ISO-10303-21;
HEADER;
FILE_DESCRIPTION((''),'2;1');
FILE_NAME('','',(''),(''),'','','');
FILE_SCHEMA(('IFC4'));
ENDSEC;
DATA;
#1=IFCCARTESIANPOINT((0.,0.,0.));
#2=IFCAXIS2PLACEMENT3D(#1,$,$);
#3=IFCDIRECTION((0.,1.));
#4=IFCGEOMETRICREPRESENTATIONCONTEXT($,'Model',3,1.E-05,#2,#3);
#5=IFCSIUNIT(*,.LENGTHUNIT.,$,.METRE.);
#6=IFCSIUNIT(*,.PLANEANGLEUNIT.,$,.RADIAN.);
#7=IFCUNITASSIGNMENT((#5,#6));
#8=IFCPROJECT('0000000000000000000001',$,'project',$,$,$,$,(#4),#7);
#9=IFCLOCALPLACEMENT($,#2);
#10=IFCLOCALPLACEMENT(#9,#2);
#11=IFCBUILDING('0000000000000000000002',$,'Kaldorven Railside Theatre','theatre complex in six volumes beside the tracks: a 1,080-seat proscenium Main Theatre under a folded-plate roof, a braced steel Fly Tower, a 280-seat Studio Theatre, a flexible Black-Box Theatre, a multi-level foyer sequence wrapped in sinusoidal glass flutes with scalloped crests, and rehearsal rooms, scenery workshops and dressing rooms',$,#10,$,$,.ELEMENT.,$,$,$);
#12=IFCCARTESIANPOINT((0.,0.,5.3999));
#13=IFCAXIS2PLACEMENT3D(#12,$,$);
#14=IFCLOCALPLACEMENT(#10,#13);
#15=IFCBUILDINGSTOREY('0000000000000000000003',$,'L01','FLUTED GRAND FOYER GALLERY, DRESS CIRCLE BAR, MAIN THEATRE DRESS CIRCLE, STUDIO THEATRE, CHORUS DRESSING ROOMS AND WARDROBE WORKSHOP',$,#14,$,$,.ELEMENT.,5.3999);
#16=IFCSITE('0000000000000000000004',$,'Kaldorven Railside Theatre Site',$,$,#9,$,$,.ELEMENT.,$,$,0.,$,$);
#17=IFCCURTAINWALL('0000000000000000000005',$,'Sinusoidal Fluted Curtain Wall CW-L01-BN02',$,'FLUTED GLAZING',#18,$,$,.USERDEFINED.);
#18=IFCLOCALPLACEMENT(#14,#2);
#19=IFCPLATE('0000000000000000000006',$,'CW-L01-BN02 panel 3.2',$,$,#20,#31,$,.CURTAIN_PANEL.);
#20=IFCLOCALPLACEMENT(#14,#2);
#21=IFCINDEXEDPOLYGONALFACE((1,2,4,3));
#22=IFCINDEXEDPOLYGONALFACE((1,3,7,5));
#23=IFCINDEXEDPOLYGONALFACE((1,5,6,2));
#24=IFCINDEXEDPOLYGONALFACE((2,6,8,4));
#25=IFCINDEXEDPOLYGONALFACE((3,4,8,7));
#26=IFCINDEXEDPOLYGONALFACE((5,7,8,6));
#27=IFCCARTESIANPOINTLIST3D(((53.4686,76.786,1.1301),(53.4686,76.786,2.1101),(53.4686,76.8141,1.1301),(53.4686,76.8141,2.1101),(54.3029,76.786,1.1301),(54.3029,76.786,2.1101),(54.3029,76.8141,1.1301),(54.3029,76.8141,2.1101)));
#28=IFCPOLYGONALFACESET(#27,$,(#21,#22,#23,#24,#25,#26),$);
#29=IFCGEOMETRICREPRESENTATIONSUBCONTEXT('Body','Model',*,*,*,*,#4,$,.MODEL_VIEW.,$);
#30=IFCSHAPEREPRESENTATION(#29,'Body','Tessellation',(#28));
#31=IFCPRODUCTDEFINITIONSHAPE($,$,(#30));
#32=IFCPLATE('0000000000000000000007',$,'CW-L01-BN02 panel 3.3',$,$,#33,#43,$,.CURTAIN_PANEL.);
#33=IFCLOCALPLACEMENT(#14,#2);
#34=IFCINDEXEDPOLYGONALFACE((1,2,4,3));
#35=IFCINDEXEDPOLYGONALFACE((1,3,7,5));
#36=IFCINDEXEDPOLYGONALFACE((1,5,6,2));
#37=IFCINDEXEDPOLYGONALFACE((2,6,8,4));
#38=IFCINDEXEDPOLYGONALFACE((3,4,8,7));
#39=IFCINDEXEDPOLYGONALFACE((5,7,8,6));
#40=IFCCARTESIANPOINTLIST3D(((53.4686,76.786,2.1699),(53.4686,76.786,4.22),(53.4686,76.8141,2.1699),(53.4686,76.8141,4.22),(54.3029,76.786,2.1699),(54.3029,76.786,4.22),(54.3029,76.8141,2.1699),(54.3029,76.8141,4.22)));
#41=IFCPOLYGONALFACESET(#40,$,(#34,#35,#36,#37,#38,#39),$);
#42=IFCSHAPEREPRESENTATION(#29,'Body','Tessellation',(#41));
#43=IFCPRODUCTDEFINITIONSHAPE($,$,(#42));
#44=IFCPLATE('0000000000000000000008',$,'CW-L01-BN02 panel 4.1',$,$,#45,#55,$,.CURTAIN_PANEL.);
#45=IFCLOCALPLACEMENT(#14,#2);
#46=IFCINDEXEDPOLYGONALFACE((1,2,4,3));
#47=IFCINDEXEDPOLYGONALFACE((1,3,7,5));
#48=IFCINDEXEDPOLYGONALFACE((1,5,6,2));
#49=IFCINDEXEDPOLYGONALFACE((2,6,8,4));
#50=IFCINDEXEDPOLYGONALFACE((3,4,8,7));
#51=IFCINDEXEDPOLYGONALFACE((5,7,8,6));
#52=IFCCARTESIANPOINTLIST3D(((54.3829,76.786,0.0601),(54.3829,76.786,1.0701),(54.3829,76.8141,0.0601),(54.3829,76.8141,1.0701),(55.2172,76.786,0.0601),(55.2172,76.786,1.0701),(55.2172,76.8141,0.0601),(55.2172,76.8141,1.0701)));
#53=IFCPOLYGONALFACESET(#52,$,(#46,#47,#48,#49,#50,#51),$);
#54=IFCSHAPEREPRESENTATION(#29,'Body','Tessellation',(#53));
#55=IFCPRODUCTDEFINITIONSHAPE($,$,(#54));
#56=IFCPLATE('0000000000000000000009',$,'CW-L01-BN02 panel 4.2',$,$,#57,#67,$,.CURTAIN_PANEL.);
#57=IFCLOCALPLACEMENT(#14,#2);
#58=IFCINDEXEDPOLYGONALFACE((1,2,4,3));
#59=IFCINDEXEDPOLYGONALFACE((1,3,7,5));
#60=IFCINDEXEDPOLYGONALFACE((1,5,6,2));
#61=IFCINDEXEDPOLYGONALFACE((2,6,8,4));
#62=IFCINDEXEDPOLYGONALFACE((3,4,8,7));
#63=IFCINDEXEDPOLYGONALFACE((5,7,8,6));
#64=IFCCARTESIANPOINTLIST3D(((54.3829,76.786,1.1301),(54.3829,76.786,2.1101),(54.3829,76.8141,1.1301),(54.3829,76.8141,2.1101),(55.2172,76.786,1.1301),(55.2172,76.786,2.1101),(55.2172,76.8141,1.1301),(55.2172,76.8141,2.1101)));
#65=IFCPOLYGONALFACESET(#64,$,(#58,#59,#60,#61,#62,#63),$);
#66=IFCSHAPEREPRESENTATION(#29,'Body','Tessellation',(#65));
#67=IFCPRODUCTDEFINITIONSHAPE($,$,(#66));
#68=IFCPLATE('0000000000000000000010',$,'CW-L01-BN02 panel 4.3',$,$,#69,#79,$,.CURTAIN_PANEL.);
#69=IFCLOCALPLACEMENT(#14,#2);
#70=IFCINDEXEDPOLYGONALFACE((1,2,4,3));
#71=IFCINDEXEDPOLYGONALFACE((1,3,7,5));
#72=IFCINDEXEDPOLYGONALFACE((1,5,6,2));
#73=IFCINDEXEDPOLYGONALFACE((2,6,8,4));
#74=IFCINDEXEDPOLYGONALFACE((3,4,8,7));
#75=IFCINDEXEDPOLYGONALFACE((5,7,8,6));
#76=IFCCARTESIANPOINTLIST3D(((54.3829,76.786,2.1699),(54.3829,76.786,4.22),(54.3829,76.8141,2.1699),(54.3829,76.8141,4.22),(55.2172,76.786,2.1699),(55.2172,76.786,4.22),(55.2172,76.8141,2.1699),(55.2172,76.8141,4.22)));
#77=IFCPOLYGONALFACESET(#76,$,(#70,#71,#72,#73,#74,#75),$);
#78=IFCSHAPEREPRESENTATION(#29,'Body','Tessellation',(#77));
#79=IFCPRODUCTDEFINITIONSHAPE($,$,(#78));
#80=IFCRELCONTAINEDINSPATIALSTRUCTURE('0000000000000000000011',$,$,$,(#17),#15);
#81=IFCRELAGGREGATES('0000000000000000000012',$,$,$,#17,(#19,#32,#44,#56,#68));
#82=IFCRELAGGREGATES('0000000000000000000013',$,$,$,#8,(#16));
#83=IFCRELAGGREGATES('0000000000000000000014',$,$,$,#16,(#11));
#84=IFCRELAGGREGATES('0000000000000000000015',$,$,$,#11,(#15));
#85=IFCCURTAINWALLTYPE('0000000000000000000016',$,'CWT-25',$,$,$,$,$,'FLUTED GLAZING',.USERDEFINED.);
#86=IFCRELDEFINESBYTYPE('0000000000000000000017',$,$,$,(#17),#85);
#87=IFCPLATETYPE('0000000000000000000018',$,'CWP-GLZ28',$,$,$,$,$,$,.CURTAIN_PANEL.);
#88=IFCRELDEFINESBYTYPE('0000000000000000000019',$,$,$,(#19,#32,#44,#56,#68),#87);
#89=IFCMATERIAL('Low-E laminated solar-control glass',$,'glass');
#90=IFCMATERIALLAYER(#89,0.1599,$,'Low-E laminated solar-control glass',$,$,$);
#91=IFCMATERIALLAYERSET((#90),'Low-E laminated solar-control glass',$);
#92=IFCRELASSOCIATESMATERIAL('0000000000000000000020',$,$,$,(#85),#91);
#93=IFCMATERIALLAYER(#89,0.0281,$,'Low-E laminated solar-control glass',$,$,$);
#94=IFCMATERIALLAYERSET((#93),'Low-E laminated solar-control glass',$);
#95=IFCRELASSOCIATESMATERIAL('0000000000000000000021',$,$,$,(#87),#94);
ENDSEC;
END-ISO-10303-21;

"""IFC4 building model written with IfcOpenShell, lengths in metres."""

from ifc_helpers import new_model, si_unit, direction, frame, origin, origin_2d, place, context, subcontext, project, spatial, rectangle, extrude, material, layer, layer_set, type_object, element, aggregate, save


model = new_model("IFC4")

# Units and contexts
model_context = context("Model", 3, precision=1e-05, world=origin(), true_north=direction((0.0, 1.0)))
body_context = subcontext(model_context, "Body", "Model", "MODEL_VIEW")
ifc_project = project(units=[si_unit("LENGTHUNIT", "METRE"), si_unit("PLANEANGLEUNIT", "RADIAN")], contexts=[model_context])

# Site, building, storey
site_placement = place(None, origin())
site = spatial("IfcSite", under=ifc_project, at=site_placement, Name="Kaldorven Railside Theatre Site", CompositionType="ELEMENT", RefElevation=0.0)
building_placement = place(site_placement, origin())
building = spatial("IfcBuilding", under=site, at=building_placement, Name="Kaldorven Railside Theatre", Description="theatre complex in six volumes beside the tracks: a 1,080-seat proscenium Main Theatre under a folded-plate roof, a braced steel Fly Tower, a 280-seat Studio Theatre, a flexible Black-Box Theatre, a multi-level foyer sequence wrapped in sinusoidal glass flutes with scalloped crests, and rehearsal rooms, scenery workshops and dressing rooms", CompositionType="ELEMENT")
storey_placement = place(building_placement, frame((0.0, 0.0, 5.3999)))
storey = spatial("IfcBuildingStorey", under=building, at=storey_placement, Name="L01", Description="FLUTED GRAND FOYER GALLERY, DRESS CIRCLE BAR, MAIN THEATRE DRESS CIRCLE, STUDIO THEATRE, CHORUS DRESSING ROOMS AND WARDROBE WORKSHOP", CompositionType="ELEMENT", Elevation=5.3999)

# Curtain wall, plates
ifc_material_1 = material(Name="Low-E laminated solar-control glass", Category="glass")
ifc_layer_1 = layer(ifc_material_1, 0.1599, Name="Low-E laminated solar-control glass")
ifc_layer_set_1 = layer_set([ifc_layer_1], Name="Low-E laminated solar-control glass")
curtain_wall_type = type_object("IfcCurtainWallType", Name="CWT-25", ElementType="FLUTED GLAZING", PredefinedType="USERDEFINED", material=ifc_layer_set_1)
curtain_wall_placement = place(storey_placement, origin())
curtain_wall = element("IfcCurtainWall", 1, at=curtain_wall_placement, inside=storey, type_object=curtain_wall_type, Name="Sinusoidal Fluted Curtain Wall CW-L01-BN02", ObjectType="FLUTED GLAZING", PredefinedType="USERDEFINED")
ifc_layer_2 = layer(ifc_material_1, 0.0281, Name="Low-E laminated solar-control glass")
ifc_layer_set_2 = layer_set([ifc_layer_2], Name="Low-E laminated solar-control glass")
plate_type = type_object("IfcPlateType", Name="CWP-GLZ28", PredefinedType="CURTAIN_PANEL", material=ifc_layer_set_2)
plate_1_placement = place(storey_placement, frame((53.8857, 76.8, 1.1301), z_axis=(0.0, 0.0, 1.0), x_axis=(1.0, 0.0, 0.0)))
plate_1 = element("IfcPlate", 2, at=plate_1_placement, type_object=plate_type, Name="CW-L01-BN02 panel 3.2", PredefinedType="CURTAIN_PANEL", context=body_context, shape_type="SweptSolid", body=[
    extrude(rectangle(XDim=0.8342, YDim=0.0281, at=origin_2d()), origin(), (0.0, 0.0, 1.0), 0.98),
])
plate_2_placement = place(storey_placement, frame((53.8857, 76.8, 2.1699), z_axis=(0.0, 0.0, 1.0), x_axis=(1.0, 0.0, 0.0)))
plate_2 = element("IfcPlate", 3, at=plate_2_placement, type_object=plate_type, Name="CW-L01-BN02 panel 3.3", PredefinedType="CURTAIN_PANEL", context=body_context, shape_type="SweptSolid", body=[
    extrude(rectangle(XDim=0.8342, YDim=0.0281, at=origin_2d()), origin(), (0.0, 0.0, 1.0), 2.05),
])
plate_3_placement = place(storey_placement, frame((54.8, 76.8, 0.0601), z_axis=(0.0, 0.0, 1.0), x_axis=(1.0, 0.0, 0.0)))
plate_3 = element("IfcPlate", 4, at=plate_3_placement, type_object=plate_type, Name="CW-L01-BN02 panel 4.1", PredefinedType="CURTAIN_PANEL", context=body_context, shape_type="SweptSolid", body=[
    extrude(rectangle(XDim=0.8342, YDim=0.0281, at=origin_2d()), origin(), (0.0, 0.0, 1.0), 1.01),
])
plate_4_placement = place(storey_placement, frame((54.8, 76.8, 1.1301), z_axis=(0.0, 0.0, 1.0), x_axis=(1.0, 0.0, 0.0)))
plate_4 = element("IfcPlate", 5, at=plate_4_placement, type_object=plate_type, Name="CW-L01-BN02 panel 4.2", PredefinedType="CURTAIN_PANEL", context=body_context, shape_type="SweptSolid", body=[
    extrude(rectangle(XDim=0.8342, YDim=0.0281, at=origin_2d()), origin(), (0.0, 0.0, 1.0), 0.98),
])
plate_5_placement = place(storey_placement, frame((54.8, 76.8, 2.1699), z_axis=(0.0, 0.0, 1.0), x_axis=(1.0, 0.0, 0.0)))
plate_5 = element("IfcPlate", 6, at=plate_5_placement, type_object=plate_type, Name="CW-L01-BN02 panel 4.3", PredefinedType="CURTAIN_PANEL", context=body_context, shape_type="SweptSolid", body=[
    extrude(rectangle(XDim=0.8342, YDim=0.0281, at=origin_2d()), origin(), (0.0, 0.0, 1.0), 2.05),
])
aggregate(curtain_wall, [plate_1, plate_2, plate_3, plate_4, plate_5])

save(model, "model.ifc")
